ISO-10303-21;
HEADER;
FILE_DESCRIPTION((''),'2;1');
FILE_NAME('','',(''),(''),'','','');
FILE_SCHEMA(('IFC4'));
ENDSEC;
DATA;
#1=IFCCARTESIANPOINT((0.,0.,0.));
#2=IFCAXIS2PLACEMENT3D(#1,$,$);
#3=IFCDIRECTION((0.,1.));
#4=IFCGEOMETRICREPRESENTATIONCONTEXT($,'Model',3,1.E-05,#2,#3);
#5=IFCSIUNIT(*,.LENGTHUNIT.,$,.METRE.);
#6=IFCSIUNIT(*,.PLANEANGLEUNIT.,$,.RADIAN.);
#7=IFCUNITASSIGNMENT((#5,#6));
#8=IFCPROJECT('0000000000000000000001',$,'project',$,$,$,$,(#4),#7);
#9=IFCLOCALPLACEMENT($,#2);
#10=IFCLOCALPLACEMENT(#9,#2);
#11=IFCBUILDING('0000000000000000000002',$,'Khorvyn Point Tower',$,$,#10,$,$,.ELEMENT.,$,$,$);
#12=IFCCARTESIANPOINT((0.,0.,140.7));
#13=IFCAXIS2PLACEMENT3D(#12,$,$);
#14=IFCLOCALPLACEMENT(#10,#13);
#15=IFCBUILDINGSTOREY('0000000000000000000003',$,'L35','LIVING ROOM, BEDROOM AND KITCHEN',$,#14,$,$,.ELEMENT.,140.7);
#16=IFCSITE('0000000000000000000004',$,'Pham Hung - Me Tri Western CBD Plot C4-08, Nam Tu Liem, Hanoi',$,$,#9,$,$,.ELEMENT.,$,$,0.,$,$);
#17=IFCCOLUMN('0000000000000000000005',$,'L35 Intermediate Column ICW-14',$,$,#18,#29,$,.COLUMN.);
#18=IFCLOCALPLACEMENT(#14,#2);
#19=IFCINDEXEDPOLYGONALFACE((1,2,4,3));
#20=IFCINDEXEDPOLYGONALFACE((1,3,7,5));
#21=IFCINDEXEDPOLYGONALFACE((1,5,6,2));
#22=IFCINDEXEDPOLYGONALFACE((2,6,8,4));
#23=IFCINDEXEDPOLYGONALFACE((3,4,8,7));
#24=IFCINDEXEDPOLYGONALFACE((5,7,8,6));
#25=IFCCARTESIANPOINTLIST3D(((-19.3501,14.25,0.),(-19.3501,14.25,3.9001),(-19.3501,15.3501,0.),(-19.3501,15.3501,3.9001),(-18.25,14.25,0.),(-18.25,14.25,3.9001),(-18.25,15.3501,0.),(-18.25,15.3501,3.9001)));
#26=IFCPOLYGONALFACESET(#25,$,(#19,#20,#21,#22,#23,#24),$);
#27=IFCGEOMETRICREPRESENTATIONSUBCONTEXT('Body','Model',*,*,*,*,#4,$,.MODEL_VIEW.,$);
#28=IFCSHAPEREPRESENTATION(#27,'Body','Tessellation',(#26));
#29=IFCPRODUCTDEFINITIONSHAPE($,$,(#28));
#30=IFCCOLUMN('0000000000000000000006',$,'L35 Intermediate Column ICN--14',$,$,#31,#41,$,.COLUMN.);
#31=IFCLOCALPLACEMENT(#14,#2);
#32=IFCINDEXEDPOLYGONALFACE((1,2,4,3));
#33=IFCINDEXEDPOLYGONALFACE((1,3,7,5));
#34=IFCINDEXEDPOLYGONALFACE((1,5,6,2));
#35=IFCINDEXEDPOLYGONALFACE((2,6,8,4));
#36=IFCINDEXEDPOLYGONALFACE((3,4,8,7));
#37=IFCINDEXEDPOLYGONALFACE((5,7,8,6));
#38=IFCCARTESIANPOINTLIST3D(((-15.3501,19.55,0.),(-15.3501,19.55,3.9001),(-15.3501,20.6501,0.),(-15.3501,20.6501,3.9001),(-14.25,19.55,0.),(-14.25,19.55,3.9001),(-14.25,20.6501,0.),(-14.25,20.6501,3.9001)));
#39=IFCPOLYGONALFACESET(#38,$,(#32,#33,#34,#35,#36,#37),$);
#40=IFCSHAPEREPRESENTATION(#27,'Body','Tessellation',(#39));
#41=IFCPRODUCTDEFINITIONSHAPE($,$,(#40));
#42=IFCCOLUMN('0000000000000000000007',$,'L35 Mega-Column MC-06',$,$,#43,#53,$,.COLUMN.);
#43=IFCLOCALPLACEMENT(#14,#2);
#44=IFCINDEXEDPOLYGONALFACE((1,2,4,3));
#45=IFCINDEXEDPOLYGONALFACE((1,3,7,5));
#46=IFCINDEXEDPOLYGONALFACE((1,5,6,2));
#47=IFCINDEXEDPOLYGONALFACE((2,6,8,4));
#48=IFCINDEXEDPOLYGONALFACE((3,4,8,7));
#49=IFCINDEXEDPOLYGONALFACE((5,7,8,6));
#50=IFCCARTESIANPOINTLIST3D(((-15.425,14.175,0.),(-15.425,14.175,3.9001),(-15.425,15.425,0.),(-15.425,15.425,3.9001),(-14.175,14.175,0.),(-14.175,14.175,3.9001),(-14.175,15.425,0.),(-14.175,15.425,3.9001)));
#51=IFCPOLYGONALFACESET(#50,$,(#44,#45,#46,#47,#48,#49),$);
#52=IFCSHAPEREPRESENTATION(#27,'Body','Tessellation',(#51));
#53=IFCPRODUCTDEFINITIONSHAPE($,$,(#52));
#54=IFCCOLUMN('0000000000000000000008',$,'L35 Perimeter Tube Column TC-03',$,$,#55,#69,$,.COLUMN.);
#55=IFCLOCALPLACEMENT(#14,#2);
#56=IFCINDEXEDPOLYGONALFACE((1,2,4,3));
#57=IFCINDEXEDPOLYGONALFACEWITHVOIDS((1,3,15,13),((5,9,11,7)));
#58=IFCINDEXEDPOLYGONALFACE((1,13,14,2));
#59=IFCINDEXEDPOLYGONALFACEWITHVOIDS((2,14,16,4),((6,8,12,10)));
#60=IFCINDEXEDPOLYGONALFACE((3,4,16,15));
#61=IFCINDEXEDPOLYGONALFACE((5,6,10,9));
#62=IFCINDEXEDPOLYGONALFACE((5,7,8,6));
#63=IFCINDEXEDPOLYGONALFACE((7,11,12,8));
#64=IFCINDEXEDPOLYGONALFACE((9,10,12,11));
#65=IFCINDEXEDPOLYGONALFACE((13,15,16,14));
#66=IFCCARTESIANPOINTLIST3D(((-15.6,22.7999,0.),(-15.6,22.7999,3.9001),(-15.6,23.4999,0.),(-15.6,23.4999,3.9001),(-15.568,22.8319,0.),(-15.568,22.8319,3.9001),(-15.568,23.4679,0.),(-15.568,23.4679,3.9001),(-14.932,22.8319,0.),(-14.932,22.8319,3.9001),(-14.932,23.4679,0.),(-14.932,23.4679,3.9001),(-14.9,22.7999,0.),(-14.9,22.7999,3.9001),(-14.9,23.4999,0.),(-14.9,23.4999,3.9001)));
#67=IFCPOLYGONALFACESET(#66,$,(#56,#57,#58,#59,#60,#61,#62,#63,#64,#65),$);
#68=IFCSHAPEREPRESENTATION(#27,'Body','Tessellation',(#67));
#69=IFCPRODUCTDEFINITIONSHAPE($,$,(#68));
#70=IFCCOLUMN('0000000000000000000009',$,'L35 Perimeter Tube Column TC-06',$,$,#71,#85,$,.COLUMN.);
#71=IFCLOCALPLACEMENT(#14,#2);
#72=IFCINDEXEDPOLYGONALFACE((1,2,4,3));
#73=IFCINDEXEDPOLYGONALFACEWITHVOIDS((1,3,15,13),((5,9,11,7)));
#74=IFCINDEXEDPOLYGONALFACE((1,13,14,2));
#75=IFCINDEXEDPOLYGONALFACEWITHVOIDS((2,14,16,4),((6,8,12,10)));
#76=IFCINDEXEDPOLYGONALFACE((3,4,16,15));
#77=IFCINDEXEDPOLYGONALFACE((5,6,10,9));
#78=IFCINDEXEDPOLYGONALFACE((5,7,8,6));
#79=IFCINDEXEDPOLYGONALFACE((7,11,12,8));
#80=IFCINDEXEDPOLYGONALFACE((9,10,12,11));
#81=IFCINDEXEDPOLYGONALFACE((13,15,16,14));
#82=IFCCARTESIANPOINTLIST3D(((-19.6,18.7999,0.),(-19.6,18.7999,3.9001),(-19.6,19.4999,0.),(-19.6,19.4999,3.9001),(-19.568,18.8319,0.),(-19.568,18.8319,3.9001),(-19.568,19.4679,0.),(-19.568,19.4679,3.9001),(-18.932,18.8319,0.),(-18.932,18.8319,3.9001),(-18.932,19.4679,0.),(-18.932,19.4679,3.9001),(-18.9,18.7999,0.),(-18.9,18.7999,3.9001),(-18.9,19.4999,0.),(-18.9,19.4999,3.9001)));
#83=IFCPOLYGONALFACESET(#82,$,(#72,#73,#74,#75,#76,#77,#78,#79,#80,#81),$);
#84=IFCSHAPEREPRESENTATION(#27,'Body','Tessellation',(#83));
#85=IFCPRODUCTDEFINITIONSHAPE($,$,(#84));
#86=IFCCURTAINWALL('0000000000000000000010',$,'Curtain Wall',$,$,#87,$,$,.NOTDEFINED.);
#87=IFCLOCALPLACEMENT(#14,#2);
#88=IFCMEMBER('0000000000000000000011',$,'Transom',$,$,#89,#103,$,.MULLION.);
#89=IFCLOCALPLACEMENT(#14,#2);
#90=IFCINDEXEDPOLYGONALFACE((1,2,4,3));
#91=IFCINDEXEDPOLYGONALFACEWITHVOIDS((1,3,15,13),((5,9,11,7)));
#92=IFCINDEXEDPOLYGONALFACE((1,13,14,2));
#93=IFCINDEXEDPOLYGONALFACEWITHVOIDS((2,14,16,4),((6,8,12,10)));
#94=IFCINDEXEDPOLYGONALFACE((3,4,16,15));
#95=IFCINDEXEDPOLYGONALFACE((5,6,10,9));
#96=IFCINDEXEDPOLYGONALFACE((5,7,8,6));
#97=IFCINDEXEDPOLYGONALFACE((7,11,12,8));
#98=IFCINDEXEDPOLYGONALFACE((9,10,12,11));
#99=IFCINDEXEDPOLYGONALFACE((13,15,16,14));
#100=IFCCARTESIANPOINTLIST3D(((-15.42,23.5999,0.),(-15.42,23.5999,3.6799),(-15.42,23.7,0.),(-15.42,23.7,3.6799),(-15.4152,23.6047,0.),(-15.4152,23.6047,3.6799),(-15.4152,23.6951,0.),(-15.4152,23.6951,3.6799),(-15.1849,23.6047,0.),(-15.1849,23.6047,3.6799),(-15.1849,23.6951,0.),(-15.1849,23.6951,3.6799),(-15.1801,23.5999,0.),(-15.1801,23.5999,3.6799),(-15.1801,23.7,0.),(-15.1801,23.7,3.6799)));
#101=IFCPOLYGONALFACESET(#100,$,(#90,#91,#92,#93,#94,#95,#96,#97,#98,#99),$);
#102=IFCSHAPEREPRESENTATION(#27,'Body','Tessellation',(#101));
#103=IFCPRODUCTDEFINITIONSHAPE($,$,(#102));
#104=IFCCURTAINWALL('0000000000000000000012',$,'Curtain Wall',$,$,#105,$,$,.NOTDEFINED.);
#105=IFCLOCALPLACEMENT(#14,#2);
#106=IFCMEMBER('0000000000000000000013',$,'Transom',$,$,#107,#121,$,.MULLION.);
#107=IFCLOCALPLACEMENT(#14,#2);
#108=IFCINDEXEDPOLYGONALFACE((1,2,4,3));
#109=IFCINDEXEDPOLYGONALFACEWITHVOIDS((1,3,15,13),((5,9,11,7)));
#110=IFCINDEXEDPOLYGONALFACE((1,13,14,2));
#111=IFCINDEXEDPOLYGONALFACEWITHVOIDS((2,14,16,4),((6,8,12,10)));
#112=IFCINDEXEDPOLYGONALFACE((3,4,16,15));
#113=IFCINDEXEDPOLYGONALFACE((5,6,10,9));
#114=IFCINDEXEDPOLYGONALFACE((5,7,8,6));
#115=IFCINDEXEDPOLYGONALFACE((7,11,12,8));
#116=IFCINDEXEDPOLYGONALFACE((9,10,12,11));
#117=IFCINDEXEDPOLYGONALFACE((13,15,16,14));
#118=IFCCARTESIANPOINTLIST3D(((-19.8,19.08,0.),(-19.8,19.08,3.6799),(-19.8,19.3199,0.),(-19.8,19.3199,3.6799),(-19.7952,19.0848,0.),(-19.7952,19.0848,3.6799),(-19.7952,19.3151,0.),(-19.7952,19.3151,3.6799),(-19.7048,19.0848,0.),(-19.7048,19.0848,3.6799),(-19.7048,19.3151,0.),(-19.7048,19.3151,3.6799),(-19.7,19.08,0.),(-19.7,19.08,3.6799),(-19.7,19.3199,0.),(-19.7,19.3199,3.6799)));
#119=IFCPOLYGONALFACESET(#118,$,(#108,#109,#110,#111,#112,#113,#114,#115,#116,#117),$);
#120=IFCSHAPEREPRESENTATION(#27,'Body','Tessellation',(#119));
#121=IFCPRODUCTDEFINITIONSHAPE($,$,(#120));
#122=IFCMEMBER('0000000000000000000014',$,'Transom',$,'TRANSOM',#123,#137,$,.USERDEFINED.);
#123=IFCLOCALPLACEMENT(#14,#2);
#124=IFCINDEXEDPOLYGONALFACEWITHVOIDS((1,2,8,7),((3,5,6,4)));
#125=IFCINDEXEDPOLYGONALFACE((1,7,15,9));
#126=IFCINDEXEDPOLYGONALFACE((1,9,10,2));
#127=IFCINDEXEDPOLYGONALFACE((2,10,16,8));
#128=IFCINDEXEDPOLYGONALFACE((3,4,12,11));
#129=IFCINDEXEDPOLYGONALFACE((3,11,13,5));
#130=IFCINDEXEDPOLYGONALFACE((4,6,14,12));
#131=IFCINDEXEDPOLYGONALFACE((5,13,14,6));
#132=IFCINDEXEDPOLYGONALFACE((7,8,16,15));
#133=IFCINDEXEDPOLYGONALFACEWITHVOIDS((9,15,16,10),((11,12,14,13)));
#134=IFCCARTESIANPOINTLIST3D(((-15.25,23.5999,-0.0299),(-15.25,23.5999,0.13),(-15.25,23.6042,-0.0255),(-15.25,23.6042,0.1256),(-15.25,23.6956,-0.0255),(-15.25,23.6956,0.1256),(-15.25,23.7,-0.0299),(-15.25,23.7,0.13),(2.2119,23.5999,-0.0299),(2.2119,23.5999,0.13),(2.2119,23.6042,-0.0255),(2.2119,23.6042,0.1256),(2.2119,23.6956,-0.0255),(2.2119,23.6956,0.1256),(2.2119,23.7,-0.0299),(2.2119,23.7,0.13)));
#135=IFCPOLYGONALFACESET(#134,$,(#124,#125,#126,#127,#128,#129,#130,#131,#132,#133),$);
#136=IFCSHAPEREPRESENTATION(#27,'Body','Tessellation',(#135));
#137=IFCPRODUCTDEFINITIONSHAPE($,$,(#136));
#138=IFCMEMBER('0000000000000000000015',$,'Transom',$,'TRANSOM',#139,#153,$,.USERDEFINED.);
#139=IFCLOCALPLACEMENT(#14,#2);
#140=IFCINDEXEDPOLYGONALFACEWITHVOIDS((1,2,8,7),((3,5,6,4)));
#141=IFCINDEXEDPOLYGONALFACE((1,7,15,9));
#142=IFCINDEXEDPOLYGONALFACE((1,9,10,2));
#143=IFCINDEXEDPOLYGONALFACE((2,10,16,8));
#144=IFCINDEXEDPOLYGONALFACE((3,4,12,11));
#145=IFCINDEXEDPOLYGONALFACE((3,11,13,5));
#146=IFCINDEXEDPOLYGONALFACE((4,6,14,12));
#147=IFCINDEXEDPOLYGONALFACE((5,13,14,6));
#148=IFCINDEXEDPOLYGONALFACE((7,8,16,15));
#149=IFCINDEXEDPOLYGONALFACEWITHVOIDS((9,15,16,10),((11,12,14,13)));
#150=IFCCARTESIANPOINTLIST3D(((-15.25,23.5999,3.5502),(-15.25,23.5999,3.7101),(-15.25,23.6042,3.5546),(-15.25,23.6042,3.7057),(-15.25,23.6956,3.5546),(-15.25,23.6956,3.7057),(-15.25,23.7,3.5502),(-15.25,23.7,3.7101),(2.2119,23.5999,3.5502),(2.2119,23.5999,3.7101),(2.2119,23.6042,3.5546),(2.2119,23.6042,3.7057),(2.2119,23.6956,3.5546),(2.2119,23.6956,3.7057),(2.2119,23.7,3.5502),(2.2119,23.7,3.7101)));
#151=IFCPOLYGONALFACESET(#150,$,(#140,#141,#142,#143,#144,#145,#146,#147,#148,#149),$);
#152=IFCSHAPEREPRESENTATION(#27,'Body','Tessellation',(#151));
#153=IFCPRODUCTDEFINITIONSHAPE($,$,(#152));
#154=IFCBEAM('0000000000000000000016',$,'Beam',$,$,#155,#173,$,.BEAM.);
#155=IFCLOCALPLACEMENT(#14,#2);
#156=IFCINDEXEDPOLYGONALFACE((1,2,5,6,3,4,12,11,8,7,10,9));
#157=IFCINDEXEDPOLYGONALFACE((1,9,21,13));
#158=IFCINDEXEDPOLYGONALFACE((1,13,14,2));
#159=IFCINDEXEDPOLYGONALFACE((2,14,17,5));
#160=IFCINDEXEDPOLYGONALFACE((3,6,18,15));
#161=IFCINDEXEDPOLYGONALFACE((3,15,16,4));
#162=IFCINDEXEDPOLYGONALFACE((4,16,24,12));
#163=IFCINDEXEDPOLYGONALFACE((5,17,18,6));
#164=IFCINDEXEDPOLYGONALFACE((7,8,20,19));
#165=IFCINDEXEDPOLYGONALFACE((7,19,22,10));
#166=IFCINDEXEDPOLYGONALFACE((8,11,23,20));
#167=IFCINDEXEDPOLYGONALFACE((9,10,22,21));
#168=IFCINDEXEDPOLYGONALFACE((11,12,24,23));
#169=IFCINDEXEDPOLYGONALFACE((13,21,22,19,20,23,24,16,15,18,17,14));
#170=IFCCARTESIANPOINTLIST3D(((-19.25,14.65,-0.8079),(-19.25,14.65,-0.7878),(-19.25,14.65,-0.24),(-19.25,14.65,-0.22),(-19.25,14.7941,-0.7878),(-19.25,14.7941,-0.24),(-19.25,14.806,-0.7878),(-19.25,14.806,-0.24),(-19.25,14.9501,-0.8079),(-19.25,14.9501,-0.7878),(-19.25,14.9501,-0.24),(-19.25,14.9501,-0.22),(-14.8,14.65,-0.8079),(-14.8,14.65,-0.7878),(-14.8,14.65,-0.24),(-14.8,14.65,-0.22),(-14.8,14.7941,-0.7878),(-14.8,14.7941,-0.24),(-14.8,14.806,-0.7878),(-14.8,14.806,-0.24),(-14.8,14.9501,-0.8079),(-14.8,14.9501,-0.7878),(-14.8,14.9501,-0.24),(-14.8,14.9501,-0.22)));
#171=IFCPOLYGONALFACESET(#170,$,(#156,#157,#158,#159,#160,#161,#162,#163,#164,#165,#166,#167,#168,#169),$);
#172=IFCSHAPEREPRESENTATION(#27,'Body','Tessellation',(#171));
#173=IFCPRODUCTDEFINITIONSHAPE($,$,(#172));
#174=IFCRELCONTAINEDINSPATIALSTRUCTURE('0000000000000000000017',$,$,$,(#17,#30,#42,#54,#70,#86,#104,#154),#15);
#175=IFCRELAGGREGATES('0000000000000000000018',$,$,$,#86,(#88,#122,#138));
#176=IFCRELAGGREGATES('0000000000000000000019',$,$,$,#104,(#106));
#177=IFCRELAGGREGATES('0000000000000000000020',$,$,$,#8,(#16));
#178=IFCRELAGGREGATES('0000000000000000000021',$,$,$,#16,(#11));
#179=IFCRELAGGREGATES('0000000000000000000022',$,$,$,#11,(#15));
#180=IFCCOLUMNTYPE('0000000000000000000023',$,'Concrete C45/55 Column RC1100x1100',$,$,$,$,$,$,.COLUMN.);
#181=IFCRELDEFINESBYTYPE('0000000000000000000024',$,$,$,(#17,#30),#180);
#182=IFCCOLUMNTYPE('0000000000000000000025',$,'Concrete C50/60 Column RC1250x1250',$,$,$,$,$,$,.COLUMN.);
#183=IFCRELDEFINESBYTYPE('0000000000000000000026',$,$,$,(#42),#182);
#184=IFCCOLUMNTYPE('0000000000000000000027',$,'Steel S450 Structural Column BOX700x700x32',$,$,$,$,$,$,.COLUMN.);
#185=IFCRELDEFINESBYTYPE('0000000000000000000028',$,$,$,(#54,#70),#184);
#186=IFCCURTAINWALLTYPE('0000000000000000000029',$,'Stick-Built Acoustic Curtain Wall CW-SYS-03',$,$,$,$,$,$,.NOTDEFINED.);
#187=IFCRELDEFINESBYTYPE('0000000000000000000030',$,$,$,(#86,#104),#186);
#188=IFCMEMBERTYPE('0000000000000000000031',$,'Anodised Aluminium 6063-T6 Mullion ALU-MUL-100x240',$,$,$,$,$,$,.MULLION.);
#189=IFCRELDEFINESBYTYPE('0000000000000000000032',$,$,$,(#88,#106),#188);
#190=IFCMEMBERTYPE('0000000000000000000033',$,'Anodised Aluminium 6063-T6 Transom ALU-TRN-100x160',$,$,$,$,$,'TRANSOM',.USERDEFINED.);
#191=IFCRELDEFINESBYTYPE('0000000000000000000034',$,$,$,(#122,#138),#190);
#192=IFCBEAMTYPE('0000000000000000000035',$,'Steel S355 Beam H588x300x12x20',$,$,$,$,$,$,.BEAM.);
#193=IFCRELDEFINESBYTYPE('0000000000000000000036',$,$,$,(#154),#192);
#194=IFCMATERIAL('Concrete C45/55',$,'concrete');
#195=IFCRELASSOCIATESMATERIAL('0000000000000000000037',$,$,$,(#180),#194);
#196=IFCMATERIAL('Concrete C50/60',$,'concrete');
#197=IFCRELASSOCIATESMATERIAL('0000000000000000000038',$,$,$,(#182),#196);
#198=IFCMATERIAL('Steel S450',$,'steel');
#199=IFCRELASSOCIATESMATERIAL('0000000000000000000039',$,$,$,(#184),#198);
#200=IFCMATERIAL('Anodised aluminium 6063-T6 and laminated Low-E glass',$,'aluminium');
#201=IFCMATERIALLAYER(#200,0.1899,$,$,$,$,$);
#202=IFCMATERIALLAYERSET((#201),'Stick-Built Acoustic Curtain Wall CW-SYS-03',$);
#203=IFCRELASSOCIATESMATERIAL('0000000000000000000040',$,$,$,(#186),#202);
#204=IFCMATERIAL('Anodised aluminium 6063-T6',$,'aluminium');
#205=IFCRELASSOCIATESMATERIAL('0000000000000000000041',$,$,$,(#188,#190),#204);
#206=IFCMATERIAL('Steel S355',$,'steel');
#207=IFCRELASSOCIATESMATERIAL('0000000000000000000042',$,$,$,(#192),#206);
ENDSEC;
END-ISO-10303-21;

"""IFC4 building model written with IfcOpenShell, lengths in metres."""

from ifc_helpers import new_model, si_unit, direction, frame, origin, origin_2d, place, context, subcontext, project, spatial, rectangle, hollow_rectangle, i_section, extrude, material, layer, layer_set, material_profile, profile_set, type_object, element, aggregate, save


model = new_model("IFC4")

# Units and contexts
model_context = context("Model", 3, precision=1e-05, world=origin(), true_north=direction((0.0, 1.0)))
body_context = subcontext(model_context, "Body", "Model", "MODEL_VIEW")
ifc_project = project(units=[si_unit("LENGTHUNIT", "METRE"), si_unit("PLANEANGLEUNIT", "RADIAN")], contexts=[model_context])

# Site, building, storey
site_placement = place(None, origin())
site = spatial("IfcSite", under=ifc_project, at=site_placement, Name="Pham Hung - Me Tri Western CBD Plot C4-08, Nam Tu Liem, Hanoi", CompositionType="ELEMENT", RefElevation=0.0)
building_placement = place(site_placement, origin())
building = spatial("IfcBuilding", under=site, at=building_placement, Name="Khorvyn Point Tower", CompositionType="ELEMENT")
storey_placement = place(building_placement, frame((0.0, 0.0, 140.7)))
storey = spatial("IfcBuildingStorey", under=building, at=storey_placement, Name="L35", Description="LIVING ROOM, BEDROOM AND KITCHEN", CompositionType="ELEMENT", Elevation=140.7)

# Columns
ifc_material_1 = material(Name="Concrete C45/55", Category="concrete")
ifc_material_profile_1 = material_profile(ifc_material_1, rectangle(XDim=1.1001, YDim=1.1001, at=origin_2d()))
ifc_profile_set_1 = profile_set([ifc_material_profile_1], Name="Concrete C45/55 RC1100x1100")
column_type_1 = type_object("IfcColumnType", Name="Concrete C45/55 Column RC1100x1100", PredefinedType="COLUMN", material=ifc_profile_set_1)
for number, where, z_axis, x_axis, name in (
    (1, (-18.8, 14.8, 0.0), (0.0, 0.0, 1.0), (1.0, 0.0, 0.0), "L35 Intermediate Column ICW-14"),
    (2, (-14.8, 20.1001, 0.0), (0.0, 0.0, 1.0), (1.0, 0.0, 0.0), "L35 Intermediate Column ICN--14"),
):
    element("IfcColumn", number, at=place(storey_placement, frame(where, z_axis=z_axis, x_axis=x_axis)), inside=storey, type_object=column_type_1, Name=name, PredefinedType="COLUMN", context=body_context, shape_type="SweptSolid", body=[
        extrude(rectangle(XDim=1.1001, YDim=1.1001, at=origin_2d()), origin(), (0.0, 0.0, 1.0), 3.9001),
    ])
ifc_material_2 = material(Name="Concrete C50/60", Category="concrete")
ifc_material_profile_2 = material_profile(ifc_material_2, rectangle(XDim=1.25, YDim=1.25, at=origin_2d()))
ifc_profile_set_2 = profile_set([ifc_material_profile_2], Name="Concrete C50/60 RC1250x1250")
column_type_2 = type_object("IfcColumnType", Name="Concrete C50/60 Column RC1250x1250", PredefinedType="COLUMN", material=ifc_profile_set_2)
column_placement = place(storey_placement, frame((-14.8, 14.8, 0.0), z_axis=(0.0, 0.0, 1.0), x_axis=(1.0, 0.0, 0.0)))
element("IfcColumn", 3, at=column_placement, inside=storey, type_object=column_type_2, Name="L35 Mega-Column MC-06", PredefinedType="COLUMN", context=body_context, shape_type="SweptSolid", body=[
    extrude(rectangle(XDim=1.25, YDim=1.25, at=origin_2d()), origin(), (0.0, 0.0, 1.0), 3.9001),
])
ifc_material_3 = material(Name="Steel S450", Category="steel")
ifc_material_profile_3 = material_profile(ifc_material_3, hollow_rectangle(XDim=0.7, YDim=0.7, WallThickness=0.032, at=origin_2d()))
ifc_profile_set_3 = profile_set([ifc_material_profile_3], Name="Steel S450 BOX700x700x32")
column_type_3 = type_object("IfcColumnType", Name="Steel S450 Structural Column BOX700x700x32", PredefinedType="COLUMN", material=ifc_profile_set_3)
for number, where, z_axis, x_axis, name in (
    (4, (-15.25, 23.1499, 0.0), (0.0, 0.0, 1.0), (1.0, 0.0, 0.0), "L35 Perimeter Tube Column TC-03"),
    (5, (-19.25, 19.1499, 0.0), (0.0, 0.0, 1.0), (1.0, 0.0, 0.0), "L35 Perimeter Tube Column TC-06"),
):
    element("IfcColumn", number, at=place(storey_placement, frame(where, z_axis=z_axis, x_axis=x_axis)), inside=storey, type_object=column_type_3, Name=name, PredefinedType="COLUMN", context=body_context, shape_type="SweptSolid", body=[
        extrude(hollow_rectangle(XDim=0.7, YDim=0.7, WallThickness=0.032, at=origin_2d()), origin(), (0.0, 0.0, 1.0), 3.9001),
    ])

# Curtain walls, members
ifc_material_4 = material(Name="Anodised aluminium 6063-T6 and laminated Low-E glass", Category="aluminium")
ifc_layer_1 = layer(ifc_material_4, 0.1899)
ifc_layer_set_1 = layer_set([ifc_layer_1], Name="Stick-Built Acoustic Curtain Wall CW-SYS-03")
curtain_wall_type = type_object("IfcCurtainWallType", Name="Stick-Built Acoustic Curtain Wall CW-SYS-03", PredefinedType="NOTDEFINED", material=ifc_layer_set_1)
curtain_wall_1_placement = place(storey_placement, origin())
curtain_wall_1 = element("IfcCurtainWall", 6, at=curtain_wall_1_placement, inside=storey, type_object=curtain_wall_type, Name="Curtain Wall", PredefinedType="NOTDEFINED")
ifc_material_5 = material(Name="Anodised aluminium 6063-T6", Category="aluminium")
ifc_material_profile_4 = material_profile(ifc_material_5, hollow_rectangle(XDim=0.1001, YDim=0.24, WallThickness=0.0049, at=origin_2d()))
ifc_profile_set_4 = profile_set([ifc_material_profile_4], Name="Anodised aluminium 6063-T6 ALU-MUL-100x240")
member_type_1 = type_object("IfcMemberType", Name="Anodised Aluminium 6063-T6 Mullion ALU-MUL-100x240", PredefinedType="MULLION", material=ifc_profile_set_4)
member_1_placement = place(storey_placement, frame((-15.3, 23.6499, 0.0), z_axis=(0.0, 0.0, 1.0), x_axis=(0.0, 1.0, 0.0)))
member_1 = element("IfcMember", 7, at=member_1_placement, type_object=member_type_1, Name="Transom", PredefinedType="MULLION", context=body_context, shape_type="SweptSolid", body=[
    extrude(hollow_rectangle(XDim=0.1001, YDim=0.24, WallThickness=0.0049, at=origin_2d()), origin(), (0.0, 0.0, 1.0), 3.6799),
])
curtain_wall_2_placement = place(storey_placement, origin())
curtain_wall_2 = element("IfcCurtainWall", 8, at=curtain_wall_2_placement, inside=storey, type_object=curtain_wall_type, Name="Curtain Wall", PredefinedType="NOTDEFINED")
member_2_placement = place(storey_placement, frame((-19.75, 19.2, 0.0), z_axis=(0.0, 0.0, 1.0), x_axis=(-1.0, 0.0, 0.0)))
member_2 = element("IfcMember", 9, at=member_2_placement, type_object=member_type_1, Name="Transom", PredefinedType="MULLION", context=body_context, shape_type="SweptSolid", body=[
    extrude(hollow_rectangle(XDim=0.1001, YDim=0.24, WallThickness=0.0049, at=origin_2d()), origin(), (0.0, 0.0, 1.0), 3.6799),
])

# Members
ifc_material_profile_5 = material_profile(ifc_material_5, hollow_rectangle(XDim=0.1001, YDim=0.1599, WallThickness=0.0044, at=origin_2d()))
ifc_profile_set_5 = profile_set([ifc_material_profile_5], Name="Anodised aluminium 6063-T6 ALU-TRN-100x160")
member_type_2 = type_object("IfcMemberType", Name="Anodised Aluminium 6063-T6 Transom ALU-TRN-100x160", ElementType="TRANSOM", PredefinedType="USERDEFINED", material=ifc_profile_set_5)
member_3_placement = place(storey_placement, frame((-15.25, 23.6499, 0.05), z_axis=(1.0, 0.0, 0.0), x_axis=(0.0, 1.0, 0.0)))
member_3 = element("IfcMember", 10, at=member_3_placement, type_object=member_type_2, Name="Transom", ObjectType="TRANSOM", PredefinedType="USERDEFINED", context=body_context, shape_type="SweptSolid", body=[
    extrude(hollow_rectangle(XDim=0.1001, YDim=0.1599, WallThickness=0.0044, at=origin_2d()), origin(), (0.0, 0.0, 1.0), 17.4619),
])
member_4_placement = place(storey_placement, frame((-15.25, 23.6499, 3.6301), z_axis=(1.0, 0.0, 0.0), x_axis=(0.0, 1.0, 0.0)))
member_4 = element("IfcMember", 11, at=member_4_placement, type_object=member_type_2, Name="Transom", ObjectType="TRANSOM", PredefinedType="USERDEFINED", context=body_context, shape_type="SweptSolid", body=[
    extrude(hollow_rectangle(XDim=0.1001, YDim=0.1599, WallThickness=0.0044, at=origin_2d()), origin(), (0.0, 0.0, 1.0), 17.4619),
])

# Beam
ifc_material_6 = material(Name="Steel S355", Category="steel")
ifc_material_profile_6 = material_profile(ifc_material_6, i_section(OverallWidth=0.3, OverallDepth=0.5879, WebThickness=0.012, FlangeThickness=0.02, at=origin_2d()))
ifc_profile_set_6 = profile_set([ifc_material_profile_6], Name="Steel S355 H588x300x12x20")
beam_type_1 = type_object("IfcBeamType", Name="Steel S355 Beam H588x300x12x20", PredefinedType="BEAM", material=ifc_profile_set_6)
beam_1_placement = place(storey_placement, frame((-19.25, 14.8, -0.5139), z_axis=(1.0, 0.0, 0.0), x_axis=(0.0, 1.0, 0.0)))
element("IfcBeam", 12, at=beam_1_placement, inside=storey, type_object=beam_type_1, Name="Beam", PredefinedType="BEAM", context=body_context, shape_type="SweptSolid", body=[
    extrude(i_section(OverallWidth=0.3, OverallDepth=0.5879, WebThickness=0.012, FlangeThickness=0.02, at=origin_2d()), origin(), (0.0, 0.0, 1.0), 4.45),
])

aggregate(curtain_wall_1, [member_1, member_3, member_4])
aggregate(curtain_wall_2, [member_2])

save(model, "model.ifc")
